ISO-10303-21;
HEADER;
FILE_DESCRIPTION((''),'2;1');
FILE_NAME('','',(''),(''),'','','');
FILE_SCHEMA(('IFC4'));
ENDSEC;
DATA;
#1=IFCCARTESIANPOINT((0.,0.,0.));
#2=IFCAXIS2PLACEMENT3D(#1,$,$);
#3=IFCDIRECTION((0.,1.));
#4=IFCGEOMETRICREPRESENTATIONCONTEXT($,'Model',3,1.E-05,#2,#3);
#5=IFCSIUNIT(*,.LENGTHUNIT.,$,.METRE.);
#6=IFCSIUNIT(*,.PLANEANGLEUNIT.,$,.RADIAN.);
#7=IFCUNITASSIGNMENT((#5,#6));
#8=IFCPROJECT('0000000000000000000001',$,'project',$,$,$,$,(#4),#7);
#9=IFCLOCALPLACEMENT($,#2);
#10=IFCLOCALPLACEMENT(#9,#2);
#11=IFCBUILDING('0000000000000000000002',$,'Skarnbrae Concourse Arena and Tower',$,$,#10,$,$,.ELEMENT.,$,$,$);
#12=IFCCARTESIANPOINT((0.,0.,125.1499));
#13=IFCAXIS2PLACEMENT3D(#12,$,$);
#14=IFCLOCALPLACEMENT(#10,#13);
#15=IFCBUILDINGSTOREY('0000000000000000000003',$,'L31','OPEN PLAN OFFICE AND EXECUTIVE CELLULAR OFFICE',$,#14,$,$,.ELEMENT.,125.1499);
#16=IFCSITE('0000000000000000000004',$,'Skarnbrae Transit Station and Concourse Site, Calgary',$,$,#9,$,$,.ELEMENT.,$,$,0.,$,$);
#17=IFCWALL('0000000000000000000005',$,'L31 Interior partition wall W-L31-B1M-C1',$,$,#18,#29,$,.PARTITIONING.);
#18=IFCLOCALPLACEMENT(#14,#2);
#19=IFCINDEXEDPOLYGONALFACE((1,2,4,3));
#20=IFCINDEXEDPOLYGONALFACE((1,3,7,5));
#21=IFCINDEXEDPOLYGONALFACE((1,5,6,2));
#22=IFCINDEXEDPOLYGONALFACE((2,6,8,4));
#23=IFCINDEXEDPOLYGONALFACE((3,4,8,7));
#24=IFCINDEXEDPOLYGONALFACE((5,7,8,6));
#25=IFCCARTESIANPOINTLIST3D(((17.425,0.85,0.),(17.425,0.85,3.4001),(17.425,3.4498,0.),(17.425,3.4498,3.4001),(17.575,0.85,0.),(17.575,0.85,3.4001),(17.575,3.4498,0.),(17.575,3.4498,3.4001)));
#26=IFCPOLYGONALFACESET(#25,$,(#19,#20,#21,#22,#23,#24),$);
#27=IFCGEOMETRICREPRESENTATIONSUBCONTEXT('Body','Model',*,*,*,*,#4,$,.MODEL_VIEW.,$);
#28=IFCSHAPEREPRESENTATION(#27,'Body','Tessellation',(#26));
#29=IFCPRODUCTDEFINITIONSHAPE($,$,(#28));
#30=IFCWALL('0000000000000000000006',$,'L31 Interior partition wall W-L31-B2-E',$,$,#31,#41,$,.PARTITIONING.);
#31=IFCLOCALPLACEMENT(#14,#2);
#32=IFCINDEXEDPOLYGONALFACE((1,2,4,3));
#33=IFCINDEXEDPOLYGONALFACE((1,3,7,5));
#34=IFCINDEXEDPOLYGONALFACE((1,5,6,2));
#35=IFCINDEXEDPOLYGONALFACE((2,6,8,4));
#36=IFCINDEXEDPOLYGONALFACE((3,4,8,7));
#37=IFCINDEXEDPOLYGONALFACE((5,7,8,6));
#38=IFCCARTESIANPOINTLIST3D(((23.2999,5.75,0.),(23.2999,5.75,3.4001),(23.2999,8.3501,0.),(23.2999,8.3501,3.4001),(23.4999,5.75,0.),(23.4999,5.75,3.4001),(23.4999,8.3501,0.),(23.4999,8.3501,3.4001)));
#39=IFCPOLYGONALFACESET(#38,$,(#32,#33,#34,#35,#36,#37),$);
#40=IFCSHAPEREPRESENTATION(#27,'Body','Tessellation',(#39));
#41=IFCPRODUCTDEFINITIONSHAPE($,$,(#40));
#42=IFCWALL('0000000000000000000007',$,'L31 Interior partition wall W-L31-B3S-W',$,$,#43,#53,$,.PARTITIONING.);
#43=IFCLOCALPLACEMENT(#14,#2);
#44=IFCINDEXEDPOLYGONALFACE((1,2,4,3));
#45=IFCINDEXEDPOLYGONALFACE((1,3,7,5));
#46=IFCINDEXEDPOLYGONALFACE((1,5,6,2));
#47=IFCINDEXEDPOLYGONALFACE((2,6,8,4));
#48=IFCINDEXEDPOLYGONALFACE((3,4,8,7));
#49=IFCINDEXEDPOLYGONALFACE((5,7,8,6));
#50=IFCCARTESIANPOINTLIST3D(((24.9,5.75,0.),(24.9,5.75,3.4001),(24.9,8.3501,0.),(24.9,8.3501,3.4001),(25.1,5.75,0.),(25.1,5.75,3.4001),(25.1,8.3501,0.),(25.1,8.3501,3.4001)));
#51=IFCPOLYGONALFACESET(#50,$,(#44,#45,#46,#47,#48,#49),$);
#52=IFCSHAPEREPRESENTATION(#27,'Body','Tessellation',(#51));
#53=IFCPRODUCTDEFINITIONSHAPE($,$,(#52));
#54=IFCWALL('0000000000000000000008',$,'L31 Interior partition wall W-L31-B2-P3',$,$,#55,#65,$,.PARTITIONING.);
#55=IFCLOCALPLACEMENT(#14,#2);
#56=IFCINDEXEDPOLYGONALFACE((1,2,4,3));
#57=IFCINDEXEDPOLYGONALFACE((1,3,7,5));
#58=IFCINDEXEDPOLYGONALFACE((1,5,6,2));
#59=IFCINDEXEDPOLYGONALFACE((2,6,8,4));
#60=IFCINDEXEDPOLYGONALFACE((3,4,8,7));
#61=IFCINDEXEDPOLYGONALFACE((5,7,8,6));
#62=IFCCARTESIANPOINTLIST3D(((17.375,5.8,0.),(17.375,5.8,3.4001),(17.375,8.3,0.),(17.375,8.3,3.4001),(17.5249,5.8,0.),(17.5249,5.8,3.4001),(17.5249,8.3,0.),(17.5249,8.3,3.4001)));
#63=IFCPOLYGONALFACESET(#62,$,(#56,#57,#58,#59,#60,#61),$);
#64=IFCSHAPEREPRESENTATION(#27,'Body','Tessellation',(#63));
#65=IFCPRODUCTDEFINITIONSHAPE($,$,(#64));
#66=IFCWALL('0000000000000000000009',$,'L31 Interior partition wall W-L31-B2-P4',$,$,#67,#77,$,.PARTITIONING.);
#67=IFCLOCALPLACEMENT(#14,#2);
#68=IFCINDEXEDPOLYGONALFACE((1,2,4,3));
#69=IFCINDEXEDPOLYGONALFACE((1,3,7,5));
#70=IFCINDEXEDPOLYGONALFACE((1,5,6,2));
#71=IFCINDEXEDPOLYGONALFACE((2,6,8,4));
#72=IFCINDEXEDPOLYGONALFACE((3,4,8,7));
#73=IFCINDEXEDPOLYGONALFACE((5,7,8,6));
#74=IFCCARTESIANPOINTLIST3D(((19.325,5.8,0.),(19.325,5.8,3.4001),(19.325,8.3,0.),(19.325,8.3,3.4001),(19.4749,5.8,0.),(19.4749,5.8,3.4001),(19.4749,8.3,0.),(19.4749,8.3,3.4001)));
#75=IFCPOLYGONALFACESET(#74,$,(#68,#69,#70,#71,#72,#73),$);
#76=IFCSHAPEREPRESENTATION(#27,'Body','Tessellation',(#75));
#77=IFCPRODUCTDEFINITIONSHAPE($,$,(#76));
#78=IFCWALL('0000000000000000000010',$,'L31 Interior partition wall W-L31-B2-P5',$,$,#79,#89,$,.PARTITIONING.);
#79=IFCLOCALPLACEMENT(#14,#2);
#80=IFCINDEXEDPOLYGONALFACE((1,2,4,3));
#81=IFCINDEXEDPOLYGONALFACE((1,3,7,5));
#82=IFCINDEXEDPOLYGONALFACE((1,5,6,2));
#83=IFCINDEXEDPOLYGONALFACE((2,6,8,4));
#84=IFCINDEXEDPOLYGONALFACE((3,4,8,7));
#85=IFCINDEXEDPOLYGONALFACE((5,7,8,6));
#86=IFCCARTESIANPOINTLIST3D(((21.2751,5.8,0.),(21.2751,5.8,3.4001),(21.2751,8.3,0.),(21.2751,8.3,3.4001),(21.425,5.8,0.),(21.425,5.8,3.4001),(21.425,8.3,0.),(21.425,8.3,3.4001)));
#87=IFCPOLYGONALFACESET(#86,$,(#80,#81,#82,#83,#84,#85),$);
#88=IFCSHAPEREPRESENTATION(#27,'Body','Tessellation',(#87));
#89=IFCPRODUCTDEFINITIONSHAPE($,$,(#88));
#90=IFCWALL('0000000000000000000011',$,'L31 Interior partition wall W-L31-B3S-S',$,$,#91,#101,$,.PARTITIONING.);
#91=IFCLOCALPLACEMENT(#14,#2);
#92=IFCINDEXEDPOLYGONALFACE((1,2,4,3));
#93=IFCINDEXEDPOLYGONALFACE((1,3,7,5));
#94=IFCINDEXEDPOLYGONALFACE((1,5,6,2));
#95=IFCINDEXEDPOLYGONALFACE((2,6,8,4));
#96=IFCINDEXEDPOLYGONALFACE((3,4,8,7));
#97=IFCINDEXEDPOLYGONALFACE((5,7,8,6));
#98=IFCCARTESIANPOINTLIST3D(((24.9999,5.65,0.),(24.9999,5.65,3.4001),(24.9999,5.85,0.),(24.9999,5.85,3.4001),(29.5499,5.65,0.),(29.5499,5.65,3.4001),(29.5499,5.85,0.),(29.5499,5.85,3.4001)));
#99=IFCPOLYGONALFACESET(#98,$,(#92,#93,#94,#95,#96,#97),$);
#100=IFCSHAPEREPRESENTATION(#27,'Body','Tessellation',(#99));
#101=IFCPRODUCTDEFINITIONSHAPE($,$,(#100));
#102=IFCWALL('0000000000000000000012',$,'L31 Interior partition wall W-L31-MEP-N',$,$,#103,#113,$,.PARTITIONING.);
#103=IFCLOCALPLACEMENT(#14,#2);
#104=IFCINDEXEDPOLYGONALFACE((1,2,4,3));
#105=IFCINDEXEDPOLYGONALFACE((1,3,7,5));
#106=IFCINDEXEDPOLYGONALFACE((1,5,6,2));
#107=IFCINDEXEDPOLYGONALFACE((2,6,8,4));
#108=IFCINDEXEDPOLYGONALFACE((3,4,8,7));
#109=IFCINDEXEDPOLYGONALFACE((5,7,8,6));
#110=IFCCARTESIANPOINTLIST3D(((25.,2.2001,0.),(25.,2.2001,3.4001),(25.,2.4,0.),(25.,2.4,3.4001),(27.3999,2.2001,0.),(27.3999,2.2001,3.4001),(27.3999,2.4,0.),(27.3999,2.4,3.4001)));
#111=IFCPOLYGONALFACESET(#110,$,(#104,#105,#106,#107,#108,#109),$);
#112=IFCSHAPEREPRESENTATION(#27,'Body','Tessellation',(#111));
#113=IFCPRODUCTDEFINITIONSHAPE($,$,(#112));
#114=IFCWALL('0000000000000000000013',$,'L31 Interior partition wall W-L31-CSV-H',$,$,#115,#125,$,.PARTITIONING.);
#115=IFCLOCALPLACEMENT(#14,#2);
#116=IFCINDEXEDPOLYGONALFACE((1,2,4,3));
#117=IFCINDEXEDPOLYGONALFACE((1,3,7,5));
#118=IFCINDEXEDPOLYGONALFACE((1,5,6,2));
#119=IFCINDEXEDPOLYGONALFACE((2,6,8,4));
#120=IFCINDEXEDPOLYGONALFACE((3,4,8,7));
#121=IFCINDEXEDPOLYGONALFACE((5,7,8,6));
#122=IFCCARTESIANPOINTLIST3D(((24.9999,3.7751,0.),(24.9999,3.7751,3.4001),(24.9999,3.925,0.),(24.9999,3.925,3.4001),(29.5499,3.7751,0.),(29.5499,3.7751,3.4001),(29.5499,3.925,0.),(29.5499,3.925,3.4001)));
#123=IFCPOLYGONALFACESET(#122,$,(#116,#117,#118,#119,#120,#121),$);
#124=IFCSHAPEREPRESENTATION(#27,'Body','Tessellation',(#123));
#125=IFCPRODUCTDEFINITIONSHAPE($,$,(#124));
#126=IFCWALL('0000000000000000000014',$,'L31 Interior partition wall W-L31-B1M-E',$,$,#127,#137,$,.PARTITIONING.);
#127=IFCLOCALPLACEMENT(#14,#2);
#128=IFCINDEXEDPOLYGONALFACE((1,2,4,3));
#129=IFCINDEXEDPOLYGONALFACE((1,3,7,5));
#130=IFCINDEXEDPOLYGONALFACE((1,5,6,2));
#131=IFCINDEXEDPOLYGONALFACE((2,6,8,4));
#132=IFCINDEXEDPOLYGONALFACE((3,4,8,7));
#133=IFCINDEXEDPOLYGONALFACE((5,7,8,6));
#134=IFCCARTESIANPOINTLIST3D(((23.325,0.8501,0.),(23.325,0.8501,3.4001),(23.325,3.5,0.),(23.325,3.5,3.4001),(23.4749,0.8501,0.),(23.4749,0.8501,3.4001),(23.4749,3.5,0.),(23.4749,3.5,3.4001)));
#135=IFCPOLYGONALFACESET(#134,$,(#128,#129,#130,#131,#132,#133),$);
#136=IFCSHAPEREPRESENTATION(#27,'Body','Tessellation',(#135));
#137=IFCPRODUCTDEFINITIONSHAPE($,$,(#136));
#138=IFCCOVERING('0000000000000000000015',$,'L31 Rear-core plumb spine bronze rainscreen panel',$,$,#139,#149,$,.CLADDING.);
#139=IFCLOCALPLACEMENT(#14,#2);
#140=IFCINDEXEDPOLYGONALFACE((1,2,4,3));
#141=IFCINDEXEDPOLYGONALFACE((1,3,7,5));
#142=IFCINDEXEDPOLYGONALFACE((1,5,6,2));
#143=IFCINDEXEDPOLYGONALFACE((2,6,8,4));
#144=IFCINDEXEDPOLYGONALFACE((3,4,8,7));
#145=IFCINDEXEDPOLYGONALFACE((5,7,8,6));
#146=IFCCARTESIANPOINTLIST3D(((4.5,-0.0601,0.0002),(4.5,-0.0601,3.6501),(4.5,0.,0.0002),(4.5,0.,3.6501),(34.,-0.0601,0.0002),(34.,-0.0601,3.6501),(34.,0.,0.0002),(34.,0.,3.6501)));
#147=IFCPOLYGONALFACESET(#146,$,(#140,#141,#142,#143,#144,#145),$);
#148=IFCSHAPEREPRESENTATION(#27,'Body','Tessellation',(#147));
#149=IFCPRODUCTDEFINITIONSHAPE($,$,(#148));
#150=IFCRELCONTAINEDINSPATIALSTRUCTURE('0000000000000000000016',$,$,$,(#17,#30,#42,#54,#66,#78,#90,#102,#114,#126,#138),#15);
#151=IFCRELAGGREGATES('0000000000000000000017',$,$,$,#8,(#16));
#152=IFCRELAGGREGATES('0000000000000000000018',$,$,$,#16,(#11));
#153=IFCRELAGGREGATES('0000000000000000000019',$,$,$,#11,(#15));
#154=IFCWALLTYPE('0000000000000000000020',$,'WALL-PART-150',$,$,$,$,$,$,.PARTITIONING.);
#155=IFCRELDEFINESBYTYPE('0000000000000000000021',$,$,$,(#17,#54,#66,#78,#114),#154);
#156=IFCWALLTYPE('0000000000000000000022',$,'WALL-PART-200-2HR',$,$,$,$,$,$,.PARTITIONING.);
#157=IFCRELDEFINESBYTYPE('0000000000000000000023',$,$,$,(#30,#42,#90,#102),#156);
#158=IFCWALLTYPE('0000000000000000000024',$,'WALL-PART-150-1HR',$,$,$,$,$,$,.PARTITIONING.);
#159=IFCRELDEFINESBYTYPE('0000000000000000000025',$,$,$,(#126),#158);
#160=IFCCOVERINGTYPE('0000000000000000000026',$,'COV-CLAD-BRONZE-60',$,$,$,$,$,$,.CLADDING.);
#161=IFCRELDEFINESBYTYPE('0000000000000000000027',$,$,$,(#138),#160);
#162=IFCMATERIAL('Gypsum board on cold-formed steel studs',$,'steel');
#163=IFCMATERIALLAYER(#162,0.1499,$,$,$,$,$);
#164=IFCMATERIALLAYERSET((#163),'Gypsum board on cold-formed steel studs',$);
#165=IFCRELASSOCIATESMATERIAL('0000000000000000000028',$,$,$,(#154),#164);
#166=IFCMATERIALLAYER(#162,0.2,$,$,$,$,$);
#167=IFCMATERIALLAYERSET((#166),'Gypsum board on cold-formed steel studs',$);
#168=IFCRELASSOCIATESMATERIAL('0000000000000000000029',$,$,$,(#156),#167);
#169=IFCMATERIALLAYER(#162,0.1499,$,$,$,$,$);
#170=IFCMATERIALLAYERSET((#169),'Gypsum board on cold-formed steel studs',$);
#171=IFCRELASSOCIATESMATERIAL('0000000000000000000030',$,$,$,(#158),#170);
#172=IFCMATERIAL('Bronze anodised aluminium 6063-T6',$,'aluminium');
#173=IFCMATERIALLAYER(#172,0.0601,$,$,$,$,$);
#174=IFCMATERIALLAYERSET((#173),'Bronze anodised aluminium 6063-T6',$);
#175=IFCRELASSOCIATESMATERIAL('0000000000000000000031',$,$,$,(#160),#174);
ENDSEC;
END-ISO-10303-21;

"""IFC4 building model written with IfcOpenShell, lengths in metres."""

from ifc_helpers import new_model, si_unit, direction, frame, frame_2d, origin, origin_2d, place, context, subcontext, project, spatial, rectangle, extrude, source, transform, mapped, material, layer, layer_set, type_object, element, save


model = new_model("IFC4")

# Units and contexts
model_context = context("Model", 3, precision=1e-05, world=origin(), true_north=direction((0.0, 1.0)))
body_context = subcontext(model_context, "Body", "Model", "MODEL_VIEW")
ifc_project = project(units=[si_unit("LENGTHUNIT", "METRE"), si_unit("PLANEANGLEUNIT", "RADIAN")], contexts=[model_context])

# Site, building, storey
site_placement = place(None, origin())
site = spatial("IfcSite", under=ifc_project, at=site_placement, Name="Skarnbrae Transit Station and Concourse Site, Calgary", CompositionType="ELEMENT", RefElevation=0.0)
building_placement = place(site_placement, origin())
building = spatial("IfcBuilding", under=site, at=building_placement, Name="Skarnbrae Concourse Arena and Tower", CompositionType="ELEMENT")
storey_placement = place(building_placement, frame((0.0, 0.0, 125.1499)))
storey = spatial("IfcBuildingStorey", under=building, at=storey_placement, Name="L31", Description="OPEN PLAN OFFICE AND EXECUTIVE CELLULAR OFFICE", CompositionType="ELEMENT", Elevation=125.1499)

# Walls
ifc_material_1 = material(Name="Gypsum board on cold-formed steel studs", Category="steel")
ifc_layer_1 = layer(ifc_material_1, 0.1499)
ifc_layer_set_1 = layer_set([ifc_layer_1], Name="Gypsum board on cold-formed steel studs")
wall_type_1 = type_object("IfcWallType", Name="WALL-PART-150", PredefinedType="PARTITIONING", material=ifc_layer_set_1)
shared_shape_1 = source(origin(), body_context, "Body", "SweptSolid", [
    extrude(rectangle(XDim=2.5999, YDim=0.1499, at=frame_2d((1.2998, 0.0))), origin(), (0.0, 0.0, 1.0), 3.4001),
])
wall_1_placement = place(storey_placement, frame((17.5, 0.8501, 0.0), z_axis=(0.0, 0.0, 1.0), x_axis=(0.0, 1.0, 0.0)))
element("IfcWall", 1, at=wall_1_placement, inside=storey, type_object=wall_type_1, Name="L31 Interior partition wall W-L31-B1M-C1", PredefinedType="PARTITIONING", context=body_context, shape_type="MappedRepresentation", body=[
    mapped(shared_shape_1, transform((0.0, 0.0, 0.0))),
])
ifc_layer_2 = layer(ifc_material_1, 0.2)
ifc_layer_set_2 = layer_set([ifc_layer_2], Name="Gypsum board on cold-formed steel studs")
wall_type_2 = type_object("IfcWallType", Name="WALL-PART-200-2HR", PredefinedType="PARTITIONING", material=ifc_layer_set_2)
shared_shape_2 = source(origin(), body_context, "Body", "SweptSolid", [
    extrude(rectangle(XDim=2.6001, YDim=0.2, at=frame_2d((1.3, 0.0))), origin(), (0.0, 0.0, 1.0), 3.4001),
])
for number, where, z_axis, x_axis, name in (
    (2, (23.3999, 5.75, 0.0), (0.0, 0.0, 1.0), (0.0, 1.0, 0.0), "L31 Interior partition wall W-L31-B2-E"),
    (3, (25.0, 5.75, 0.0), (0.0, 0.0, 1.0), (0.0, 1.0, 0.0), "L31 Interior partition wall W-L31-B3S-W"),
):
    element("IfcWall", number, at=place(storey_placement, frame(where, z_axis=z_axis, x_axis=x_axis)), inside=storey, type_object=wall_type_2, Name=name, PredefinedType="PARTITIONING", context=body_context, shape_type="MappedRepresentation", body=[
        mapped(shared_shape_2, transform((0.0, 0.0, 0.0))),
    ])
shared_shape_3 = source(origin(), body_context, "Body", "SweptSolid", [
    extrude(rectangle(XDim=2.5, YDim=0.1499, at=frame_2d((1.25, 0.0))), origin(), (0.0, 0.0, 1.0), 3.4001),
])
for number, where, z_axis, x_axis, name in (
    (4, (17.45, 5.8, 0.0), (0.0, 0.0, 1.0), (0.0, 1.0, 0.0), "L31 Interior partition wall W-L31-B2-P3"),
    (5, (19.3999, 5.8, 0.0), (0.0, 0.0, 1.0), (0.0, 1.0, 0.0), "L31 Interior partition wall W-L31-B2-P4"),
    (6, (21.3501, 5.8, 0.0), (0.0, 0.0, 1.0), (0.0, 1.0, 0.0), "L31 Interior partition wall W-L31-B2-P5"),
):
    element("IfcWall", number, at=place(storey_placement, frame(where, z_axis=z_axis, x_axis=x_axis)), inside=storey, type_object=wall_type_1, Name=name, PredefinedType="PARTITIONING", context=body_context, shape_type="MappedRepresentation", body=[
        mapped(shared_shape_3, transform((0.0, 0.0, 0.0))),
    ])
shared_shape_4 = source(origin(), body_context, "Body", "SweptSolid", [
    extrude(rectangle(XDim=4.55, YDim=0.2, at=frame_2d((2.2749, 0.0))), origin(), (0.0, 0.0, 1.0), 3.4001),
])
wall_2_placement = place(storey_placement, frame((25.0, 5.75, 0.0), z_axis=(0.0, 0.0, 1.0), x_axis=(1.0, 0.0, 0.0)))
element("IfcWall", 7, at=wall_2_placement, inside=storey, type_object=wall_type_2, Name="L31 Interior partition wall W-L31-B3S-S", PredefinedType="PARTITIONING", context=body_context, shape_type="MappedRepresentation", body=[
    mapped(shared_shape_4, transform((0.0, 0.0, 0.0))),
])

# Shared definitions
ifc_layer_3 = layer(ifc_material_1, 0.1499)
ifc_layer_set_3 = layer_set([ifc_layer_3], Name="Gypsum board on cold-formed steel studs")
wall_type_3 = type_object("IfcWallType", Name="WALL-PART-150-1HR", PredefinedType="PARTITIONING", material=ifc_layer_set_3)

# Walls
shared_shape_5 = source(origin(), body_context, "Body", "SweptSolid", [
    extrude(rectangle(XDim=2.3999, YDim=0.2, at=frame_2d((1.2, 0.0))), origin(), (0.0, 0.0, 1.0), 3.4001),
])
wall_3_placement = place(storey_placement, frame((25.0, 2.3, 0.0), z_axis=(0.0, 0.0, 1.0), x_axis=(1.0, 0.0, 0.0)))
element("IfcWall", 8, at=wall_3_placement, inside=storey, type_object=wall_type_2, Name="L31 Interior partition wall W-L31-MEP-N", PredefinedType="PARTITIONING", context=body_context, shape_type="MappedRepresentation", body=[
    mapped(shared_shape_5, transform((0.0, 0.0, 0.0))),
])
shared_shape_6 = source(origin(), body_context, "Body", "SweptSolid", [
    extrude(rectangle(XDim=4.55, YDim=0.1499, at=frame_2d((2.2749, 0.0))), origin(), (0.0, 0.0, 1.0), 3.4001),
])
wall_4_placement = place(storey_placement, frame((25.0, 3.8501, 0.0), z_axis=(0.0, 0.0, 1.0), x_axis=(1.0, 0.0, 0.0)))
element("IfcWall", 9, at=wall_4_placement, inside=storey, type_object=wall_type_1, Name="L31 Interior partition wall W-L31-CSV-H", PredefinedType="PARTITIONING", context=body_context, shape_type="MappedRepresentation", body=[
    mapped(shared_shape_6, transform((0.0, 0.0, 0.0))),
])
shared_shape_7 = source(origin(), body_context, "Body", "SweptSolid", [
    extrude(rectangle(XDim=2.6499, YDim=0.1499, at=frame_2d((1.325, 0.0))), origin(), (0.0, 0.0, 1.0), 3.4001),
])
wall_5_placement = place(storey_placement, frame((23.3999, 0.8501, 0.0), z_axis=(0.0, 0.0, 1.0), x_axis=(0.0, 1.0, 0.0)))
element("IfcWall", 10, at=wall_5_placement, inside=storey, type_object=wall_type_3, Name="L31 Interior partition wall W-L31-B1M-E", PredefinedType="PARTITIONING", context=body_context, shape_type="MappedRepresentation", body=[
    mapped(shared_shape_7, transform((0.0, 0.0, 0.0))),
])

# Covering
ifc_material_2 = material(Name="Bronze anodised aluminium 6063-T6", Category="aluminium")
ifc_layer_4 = layer(ifc_material_2, 0.0601)
ifc_layer_set_4 = layer_set([ifc_layer_4], Name="Bronze anodised aluminium 6063-T6")
covering_type = type_object("IfcCoveringType", Name="COV-CLAD-BRONZE-60", PredefinedType="CLADDING", material=ifc_layer_set_4)
shared_shape_8 = source(origin(), body_context, "Body", "SweptSolid", [
    extrude(rectangle(XDim=29.5, YDim=0.0601, at=origin_2d()), origin(), (0.0, 0.0, 1.0), 3.6499),
])
covering_placement = place(storey_placement, frame((19.25, -0.03, 0.0002), z_axis=(0.0, 0.0, 1.0), x_axis=(1.0, 0.0, 0.0)))
element("IfcCovering", 11, at=covering_placement, inside=storey, type_object=covering_type, Name="L31 Rear-core plumb spine bronze rainscreen panel", PredefinedType="CLADDING", context=body_context, shape_type="MappedRepresentation", body=[
    mapped(shared_shape_8, transform((0.0, 0.0, 0.0))),
])

save(model, "model.ifc")
